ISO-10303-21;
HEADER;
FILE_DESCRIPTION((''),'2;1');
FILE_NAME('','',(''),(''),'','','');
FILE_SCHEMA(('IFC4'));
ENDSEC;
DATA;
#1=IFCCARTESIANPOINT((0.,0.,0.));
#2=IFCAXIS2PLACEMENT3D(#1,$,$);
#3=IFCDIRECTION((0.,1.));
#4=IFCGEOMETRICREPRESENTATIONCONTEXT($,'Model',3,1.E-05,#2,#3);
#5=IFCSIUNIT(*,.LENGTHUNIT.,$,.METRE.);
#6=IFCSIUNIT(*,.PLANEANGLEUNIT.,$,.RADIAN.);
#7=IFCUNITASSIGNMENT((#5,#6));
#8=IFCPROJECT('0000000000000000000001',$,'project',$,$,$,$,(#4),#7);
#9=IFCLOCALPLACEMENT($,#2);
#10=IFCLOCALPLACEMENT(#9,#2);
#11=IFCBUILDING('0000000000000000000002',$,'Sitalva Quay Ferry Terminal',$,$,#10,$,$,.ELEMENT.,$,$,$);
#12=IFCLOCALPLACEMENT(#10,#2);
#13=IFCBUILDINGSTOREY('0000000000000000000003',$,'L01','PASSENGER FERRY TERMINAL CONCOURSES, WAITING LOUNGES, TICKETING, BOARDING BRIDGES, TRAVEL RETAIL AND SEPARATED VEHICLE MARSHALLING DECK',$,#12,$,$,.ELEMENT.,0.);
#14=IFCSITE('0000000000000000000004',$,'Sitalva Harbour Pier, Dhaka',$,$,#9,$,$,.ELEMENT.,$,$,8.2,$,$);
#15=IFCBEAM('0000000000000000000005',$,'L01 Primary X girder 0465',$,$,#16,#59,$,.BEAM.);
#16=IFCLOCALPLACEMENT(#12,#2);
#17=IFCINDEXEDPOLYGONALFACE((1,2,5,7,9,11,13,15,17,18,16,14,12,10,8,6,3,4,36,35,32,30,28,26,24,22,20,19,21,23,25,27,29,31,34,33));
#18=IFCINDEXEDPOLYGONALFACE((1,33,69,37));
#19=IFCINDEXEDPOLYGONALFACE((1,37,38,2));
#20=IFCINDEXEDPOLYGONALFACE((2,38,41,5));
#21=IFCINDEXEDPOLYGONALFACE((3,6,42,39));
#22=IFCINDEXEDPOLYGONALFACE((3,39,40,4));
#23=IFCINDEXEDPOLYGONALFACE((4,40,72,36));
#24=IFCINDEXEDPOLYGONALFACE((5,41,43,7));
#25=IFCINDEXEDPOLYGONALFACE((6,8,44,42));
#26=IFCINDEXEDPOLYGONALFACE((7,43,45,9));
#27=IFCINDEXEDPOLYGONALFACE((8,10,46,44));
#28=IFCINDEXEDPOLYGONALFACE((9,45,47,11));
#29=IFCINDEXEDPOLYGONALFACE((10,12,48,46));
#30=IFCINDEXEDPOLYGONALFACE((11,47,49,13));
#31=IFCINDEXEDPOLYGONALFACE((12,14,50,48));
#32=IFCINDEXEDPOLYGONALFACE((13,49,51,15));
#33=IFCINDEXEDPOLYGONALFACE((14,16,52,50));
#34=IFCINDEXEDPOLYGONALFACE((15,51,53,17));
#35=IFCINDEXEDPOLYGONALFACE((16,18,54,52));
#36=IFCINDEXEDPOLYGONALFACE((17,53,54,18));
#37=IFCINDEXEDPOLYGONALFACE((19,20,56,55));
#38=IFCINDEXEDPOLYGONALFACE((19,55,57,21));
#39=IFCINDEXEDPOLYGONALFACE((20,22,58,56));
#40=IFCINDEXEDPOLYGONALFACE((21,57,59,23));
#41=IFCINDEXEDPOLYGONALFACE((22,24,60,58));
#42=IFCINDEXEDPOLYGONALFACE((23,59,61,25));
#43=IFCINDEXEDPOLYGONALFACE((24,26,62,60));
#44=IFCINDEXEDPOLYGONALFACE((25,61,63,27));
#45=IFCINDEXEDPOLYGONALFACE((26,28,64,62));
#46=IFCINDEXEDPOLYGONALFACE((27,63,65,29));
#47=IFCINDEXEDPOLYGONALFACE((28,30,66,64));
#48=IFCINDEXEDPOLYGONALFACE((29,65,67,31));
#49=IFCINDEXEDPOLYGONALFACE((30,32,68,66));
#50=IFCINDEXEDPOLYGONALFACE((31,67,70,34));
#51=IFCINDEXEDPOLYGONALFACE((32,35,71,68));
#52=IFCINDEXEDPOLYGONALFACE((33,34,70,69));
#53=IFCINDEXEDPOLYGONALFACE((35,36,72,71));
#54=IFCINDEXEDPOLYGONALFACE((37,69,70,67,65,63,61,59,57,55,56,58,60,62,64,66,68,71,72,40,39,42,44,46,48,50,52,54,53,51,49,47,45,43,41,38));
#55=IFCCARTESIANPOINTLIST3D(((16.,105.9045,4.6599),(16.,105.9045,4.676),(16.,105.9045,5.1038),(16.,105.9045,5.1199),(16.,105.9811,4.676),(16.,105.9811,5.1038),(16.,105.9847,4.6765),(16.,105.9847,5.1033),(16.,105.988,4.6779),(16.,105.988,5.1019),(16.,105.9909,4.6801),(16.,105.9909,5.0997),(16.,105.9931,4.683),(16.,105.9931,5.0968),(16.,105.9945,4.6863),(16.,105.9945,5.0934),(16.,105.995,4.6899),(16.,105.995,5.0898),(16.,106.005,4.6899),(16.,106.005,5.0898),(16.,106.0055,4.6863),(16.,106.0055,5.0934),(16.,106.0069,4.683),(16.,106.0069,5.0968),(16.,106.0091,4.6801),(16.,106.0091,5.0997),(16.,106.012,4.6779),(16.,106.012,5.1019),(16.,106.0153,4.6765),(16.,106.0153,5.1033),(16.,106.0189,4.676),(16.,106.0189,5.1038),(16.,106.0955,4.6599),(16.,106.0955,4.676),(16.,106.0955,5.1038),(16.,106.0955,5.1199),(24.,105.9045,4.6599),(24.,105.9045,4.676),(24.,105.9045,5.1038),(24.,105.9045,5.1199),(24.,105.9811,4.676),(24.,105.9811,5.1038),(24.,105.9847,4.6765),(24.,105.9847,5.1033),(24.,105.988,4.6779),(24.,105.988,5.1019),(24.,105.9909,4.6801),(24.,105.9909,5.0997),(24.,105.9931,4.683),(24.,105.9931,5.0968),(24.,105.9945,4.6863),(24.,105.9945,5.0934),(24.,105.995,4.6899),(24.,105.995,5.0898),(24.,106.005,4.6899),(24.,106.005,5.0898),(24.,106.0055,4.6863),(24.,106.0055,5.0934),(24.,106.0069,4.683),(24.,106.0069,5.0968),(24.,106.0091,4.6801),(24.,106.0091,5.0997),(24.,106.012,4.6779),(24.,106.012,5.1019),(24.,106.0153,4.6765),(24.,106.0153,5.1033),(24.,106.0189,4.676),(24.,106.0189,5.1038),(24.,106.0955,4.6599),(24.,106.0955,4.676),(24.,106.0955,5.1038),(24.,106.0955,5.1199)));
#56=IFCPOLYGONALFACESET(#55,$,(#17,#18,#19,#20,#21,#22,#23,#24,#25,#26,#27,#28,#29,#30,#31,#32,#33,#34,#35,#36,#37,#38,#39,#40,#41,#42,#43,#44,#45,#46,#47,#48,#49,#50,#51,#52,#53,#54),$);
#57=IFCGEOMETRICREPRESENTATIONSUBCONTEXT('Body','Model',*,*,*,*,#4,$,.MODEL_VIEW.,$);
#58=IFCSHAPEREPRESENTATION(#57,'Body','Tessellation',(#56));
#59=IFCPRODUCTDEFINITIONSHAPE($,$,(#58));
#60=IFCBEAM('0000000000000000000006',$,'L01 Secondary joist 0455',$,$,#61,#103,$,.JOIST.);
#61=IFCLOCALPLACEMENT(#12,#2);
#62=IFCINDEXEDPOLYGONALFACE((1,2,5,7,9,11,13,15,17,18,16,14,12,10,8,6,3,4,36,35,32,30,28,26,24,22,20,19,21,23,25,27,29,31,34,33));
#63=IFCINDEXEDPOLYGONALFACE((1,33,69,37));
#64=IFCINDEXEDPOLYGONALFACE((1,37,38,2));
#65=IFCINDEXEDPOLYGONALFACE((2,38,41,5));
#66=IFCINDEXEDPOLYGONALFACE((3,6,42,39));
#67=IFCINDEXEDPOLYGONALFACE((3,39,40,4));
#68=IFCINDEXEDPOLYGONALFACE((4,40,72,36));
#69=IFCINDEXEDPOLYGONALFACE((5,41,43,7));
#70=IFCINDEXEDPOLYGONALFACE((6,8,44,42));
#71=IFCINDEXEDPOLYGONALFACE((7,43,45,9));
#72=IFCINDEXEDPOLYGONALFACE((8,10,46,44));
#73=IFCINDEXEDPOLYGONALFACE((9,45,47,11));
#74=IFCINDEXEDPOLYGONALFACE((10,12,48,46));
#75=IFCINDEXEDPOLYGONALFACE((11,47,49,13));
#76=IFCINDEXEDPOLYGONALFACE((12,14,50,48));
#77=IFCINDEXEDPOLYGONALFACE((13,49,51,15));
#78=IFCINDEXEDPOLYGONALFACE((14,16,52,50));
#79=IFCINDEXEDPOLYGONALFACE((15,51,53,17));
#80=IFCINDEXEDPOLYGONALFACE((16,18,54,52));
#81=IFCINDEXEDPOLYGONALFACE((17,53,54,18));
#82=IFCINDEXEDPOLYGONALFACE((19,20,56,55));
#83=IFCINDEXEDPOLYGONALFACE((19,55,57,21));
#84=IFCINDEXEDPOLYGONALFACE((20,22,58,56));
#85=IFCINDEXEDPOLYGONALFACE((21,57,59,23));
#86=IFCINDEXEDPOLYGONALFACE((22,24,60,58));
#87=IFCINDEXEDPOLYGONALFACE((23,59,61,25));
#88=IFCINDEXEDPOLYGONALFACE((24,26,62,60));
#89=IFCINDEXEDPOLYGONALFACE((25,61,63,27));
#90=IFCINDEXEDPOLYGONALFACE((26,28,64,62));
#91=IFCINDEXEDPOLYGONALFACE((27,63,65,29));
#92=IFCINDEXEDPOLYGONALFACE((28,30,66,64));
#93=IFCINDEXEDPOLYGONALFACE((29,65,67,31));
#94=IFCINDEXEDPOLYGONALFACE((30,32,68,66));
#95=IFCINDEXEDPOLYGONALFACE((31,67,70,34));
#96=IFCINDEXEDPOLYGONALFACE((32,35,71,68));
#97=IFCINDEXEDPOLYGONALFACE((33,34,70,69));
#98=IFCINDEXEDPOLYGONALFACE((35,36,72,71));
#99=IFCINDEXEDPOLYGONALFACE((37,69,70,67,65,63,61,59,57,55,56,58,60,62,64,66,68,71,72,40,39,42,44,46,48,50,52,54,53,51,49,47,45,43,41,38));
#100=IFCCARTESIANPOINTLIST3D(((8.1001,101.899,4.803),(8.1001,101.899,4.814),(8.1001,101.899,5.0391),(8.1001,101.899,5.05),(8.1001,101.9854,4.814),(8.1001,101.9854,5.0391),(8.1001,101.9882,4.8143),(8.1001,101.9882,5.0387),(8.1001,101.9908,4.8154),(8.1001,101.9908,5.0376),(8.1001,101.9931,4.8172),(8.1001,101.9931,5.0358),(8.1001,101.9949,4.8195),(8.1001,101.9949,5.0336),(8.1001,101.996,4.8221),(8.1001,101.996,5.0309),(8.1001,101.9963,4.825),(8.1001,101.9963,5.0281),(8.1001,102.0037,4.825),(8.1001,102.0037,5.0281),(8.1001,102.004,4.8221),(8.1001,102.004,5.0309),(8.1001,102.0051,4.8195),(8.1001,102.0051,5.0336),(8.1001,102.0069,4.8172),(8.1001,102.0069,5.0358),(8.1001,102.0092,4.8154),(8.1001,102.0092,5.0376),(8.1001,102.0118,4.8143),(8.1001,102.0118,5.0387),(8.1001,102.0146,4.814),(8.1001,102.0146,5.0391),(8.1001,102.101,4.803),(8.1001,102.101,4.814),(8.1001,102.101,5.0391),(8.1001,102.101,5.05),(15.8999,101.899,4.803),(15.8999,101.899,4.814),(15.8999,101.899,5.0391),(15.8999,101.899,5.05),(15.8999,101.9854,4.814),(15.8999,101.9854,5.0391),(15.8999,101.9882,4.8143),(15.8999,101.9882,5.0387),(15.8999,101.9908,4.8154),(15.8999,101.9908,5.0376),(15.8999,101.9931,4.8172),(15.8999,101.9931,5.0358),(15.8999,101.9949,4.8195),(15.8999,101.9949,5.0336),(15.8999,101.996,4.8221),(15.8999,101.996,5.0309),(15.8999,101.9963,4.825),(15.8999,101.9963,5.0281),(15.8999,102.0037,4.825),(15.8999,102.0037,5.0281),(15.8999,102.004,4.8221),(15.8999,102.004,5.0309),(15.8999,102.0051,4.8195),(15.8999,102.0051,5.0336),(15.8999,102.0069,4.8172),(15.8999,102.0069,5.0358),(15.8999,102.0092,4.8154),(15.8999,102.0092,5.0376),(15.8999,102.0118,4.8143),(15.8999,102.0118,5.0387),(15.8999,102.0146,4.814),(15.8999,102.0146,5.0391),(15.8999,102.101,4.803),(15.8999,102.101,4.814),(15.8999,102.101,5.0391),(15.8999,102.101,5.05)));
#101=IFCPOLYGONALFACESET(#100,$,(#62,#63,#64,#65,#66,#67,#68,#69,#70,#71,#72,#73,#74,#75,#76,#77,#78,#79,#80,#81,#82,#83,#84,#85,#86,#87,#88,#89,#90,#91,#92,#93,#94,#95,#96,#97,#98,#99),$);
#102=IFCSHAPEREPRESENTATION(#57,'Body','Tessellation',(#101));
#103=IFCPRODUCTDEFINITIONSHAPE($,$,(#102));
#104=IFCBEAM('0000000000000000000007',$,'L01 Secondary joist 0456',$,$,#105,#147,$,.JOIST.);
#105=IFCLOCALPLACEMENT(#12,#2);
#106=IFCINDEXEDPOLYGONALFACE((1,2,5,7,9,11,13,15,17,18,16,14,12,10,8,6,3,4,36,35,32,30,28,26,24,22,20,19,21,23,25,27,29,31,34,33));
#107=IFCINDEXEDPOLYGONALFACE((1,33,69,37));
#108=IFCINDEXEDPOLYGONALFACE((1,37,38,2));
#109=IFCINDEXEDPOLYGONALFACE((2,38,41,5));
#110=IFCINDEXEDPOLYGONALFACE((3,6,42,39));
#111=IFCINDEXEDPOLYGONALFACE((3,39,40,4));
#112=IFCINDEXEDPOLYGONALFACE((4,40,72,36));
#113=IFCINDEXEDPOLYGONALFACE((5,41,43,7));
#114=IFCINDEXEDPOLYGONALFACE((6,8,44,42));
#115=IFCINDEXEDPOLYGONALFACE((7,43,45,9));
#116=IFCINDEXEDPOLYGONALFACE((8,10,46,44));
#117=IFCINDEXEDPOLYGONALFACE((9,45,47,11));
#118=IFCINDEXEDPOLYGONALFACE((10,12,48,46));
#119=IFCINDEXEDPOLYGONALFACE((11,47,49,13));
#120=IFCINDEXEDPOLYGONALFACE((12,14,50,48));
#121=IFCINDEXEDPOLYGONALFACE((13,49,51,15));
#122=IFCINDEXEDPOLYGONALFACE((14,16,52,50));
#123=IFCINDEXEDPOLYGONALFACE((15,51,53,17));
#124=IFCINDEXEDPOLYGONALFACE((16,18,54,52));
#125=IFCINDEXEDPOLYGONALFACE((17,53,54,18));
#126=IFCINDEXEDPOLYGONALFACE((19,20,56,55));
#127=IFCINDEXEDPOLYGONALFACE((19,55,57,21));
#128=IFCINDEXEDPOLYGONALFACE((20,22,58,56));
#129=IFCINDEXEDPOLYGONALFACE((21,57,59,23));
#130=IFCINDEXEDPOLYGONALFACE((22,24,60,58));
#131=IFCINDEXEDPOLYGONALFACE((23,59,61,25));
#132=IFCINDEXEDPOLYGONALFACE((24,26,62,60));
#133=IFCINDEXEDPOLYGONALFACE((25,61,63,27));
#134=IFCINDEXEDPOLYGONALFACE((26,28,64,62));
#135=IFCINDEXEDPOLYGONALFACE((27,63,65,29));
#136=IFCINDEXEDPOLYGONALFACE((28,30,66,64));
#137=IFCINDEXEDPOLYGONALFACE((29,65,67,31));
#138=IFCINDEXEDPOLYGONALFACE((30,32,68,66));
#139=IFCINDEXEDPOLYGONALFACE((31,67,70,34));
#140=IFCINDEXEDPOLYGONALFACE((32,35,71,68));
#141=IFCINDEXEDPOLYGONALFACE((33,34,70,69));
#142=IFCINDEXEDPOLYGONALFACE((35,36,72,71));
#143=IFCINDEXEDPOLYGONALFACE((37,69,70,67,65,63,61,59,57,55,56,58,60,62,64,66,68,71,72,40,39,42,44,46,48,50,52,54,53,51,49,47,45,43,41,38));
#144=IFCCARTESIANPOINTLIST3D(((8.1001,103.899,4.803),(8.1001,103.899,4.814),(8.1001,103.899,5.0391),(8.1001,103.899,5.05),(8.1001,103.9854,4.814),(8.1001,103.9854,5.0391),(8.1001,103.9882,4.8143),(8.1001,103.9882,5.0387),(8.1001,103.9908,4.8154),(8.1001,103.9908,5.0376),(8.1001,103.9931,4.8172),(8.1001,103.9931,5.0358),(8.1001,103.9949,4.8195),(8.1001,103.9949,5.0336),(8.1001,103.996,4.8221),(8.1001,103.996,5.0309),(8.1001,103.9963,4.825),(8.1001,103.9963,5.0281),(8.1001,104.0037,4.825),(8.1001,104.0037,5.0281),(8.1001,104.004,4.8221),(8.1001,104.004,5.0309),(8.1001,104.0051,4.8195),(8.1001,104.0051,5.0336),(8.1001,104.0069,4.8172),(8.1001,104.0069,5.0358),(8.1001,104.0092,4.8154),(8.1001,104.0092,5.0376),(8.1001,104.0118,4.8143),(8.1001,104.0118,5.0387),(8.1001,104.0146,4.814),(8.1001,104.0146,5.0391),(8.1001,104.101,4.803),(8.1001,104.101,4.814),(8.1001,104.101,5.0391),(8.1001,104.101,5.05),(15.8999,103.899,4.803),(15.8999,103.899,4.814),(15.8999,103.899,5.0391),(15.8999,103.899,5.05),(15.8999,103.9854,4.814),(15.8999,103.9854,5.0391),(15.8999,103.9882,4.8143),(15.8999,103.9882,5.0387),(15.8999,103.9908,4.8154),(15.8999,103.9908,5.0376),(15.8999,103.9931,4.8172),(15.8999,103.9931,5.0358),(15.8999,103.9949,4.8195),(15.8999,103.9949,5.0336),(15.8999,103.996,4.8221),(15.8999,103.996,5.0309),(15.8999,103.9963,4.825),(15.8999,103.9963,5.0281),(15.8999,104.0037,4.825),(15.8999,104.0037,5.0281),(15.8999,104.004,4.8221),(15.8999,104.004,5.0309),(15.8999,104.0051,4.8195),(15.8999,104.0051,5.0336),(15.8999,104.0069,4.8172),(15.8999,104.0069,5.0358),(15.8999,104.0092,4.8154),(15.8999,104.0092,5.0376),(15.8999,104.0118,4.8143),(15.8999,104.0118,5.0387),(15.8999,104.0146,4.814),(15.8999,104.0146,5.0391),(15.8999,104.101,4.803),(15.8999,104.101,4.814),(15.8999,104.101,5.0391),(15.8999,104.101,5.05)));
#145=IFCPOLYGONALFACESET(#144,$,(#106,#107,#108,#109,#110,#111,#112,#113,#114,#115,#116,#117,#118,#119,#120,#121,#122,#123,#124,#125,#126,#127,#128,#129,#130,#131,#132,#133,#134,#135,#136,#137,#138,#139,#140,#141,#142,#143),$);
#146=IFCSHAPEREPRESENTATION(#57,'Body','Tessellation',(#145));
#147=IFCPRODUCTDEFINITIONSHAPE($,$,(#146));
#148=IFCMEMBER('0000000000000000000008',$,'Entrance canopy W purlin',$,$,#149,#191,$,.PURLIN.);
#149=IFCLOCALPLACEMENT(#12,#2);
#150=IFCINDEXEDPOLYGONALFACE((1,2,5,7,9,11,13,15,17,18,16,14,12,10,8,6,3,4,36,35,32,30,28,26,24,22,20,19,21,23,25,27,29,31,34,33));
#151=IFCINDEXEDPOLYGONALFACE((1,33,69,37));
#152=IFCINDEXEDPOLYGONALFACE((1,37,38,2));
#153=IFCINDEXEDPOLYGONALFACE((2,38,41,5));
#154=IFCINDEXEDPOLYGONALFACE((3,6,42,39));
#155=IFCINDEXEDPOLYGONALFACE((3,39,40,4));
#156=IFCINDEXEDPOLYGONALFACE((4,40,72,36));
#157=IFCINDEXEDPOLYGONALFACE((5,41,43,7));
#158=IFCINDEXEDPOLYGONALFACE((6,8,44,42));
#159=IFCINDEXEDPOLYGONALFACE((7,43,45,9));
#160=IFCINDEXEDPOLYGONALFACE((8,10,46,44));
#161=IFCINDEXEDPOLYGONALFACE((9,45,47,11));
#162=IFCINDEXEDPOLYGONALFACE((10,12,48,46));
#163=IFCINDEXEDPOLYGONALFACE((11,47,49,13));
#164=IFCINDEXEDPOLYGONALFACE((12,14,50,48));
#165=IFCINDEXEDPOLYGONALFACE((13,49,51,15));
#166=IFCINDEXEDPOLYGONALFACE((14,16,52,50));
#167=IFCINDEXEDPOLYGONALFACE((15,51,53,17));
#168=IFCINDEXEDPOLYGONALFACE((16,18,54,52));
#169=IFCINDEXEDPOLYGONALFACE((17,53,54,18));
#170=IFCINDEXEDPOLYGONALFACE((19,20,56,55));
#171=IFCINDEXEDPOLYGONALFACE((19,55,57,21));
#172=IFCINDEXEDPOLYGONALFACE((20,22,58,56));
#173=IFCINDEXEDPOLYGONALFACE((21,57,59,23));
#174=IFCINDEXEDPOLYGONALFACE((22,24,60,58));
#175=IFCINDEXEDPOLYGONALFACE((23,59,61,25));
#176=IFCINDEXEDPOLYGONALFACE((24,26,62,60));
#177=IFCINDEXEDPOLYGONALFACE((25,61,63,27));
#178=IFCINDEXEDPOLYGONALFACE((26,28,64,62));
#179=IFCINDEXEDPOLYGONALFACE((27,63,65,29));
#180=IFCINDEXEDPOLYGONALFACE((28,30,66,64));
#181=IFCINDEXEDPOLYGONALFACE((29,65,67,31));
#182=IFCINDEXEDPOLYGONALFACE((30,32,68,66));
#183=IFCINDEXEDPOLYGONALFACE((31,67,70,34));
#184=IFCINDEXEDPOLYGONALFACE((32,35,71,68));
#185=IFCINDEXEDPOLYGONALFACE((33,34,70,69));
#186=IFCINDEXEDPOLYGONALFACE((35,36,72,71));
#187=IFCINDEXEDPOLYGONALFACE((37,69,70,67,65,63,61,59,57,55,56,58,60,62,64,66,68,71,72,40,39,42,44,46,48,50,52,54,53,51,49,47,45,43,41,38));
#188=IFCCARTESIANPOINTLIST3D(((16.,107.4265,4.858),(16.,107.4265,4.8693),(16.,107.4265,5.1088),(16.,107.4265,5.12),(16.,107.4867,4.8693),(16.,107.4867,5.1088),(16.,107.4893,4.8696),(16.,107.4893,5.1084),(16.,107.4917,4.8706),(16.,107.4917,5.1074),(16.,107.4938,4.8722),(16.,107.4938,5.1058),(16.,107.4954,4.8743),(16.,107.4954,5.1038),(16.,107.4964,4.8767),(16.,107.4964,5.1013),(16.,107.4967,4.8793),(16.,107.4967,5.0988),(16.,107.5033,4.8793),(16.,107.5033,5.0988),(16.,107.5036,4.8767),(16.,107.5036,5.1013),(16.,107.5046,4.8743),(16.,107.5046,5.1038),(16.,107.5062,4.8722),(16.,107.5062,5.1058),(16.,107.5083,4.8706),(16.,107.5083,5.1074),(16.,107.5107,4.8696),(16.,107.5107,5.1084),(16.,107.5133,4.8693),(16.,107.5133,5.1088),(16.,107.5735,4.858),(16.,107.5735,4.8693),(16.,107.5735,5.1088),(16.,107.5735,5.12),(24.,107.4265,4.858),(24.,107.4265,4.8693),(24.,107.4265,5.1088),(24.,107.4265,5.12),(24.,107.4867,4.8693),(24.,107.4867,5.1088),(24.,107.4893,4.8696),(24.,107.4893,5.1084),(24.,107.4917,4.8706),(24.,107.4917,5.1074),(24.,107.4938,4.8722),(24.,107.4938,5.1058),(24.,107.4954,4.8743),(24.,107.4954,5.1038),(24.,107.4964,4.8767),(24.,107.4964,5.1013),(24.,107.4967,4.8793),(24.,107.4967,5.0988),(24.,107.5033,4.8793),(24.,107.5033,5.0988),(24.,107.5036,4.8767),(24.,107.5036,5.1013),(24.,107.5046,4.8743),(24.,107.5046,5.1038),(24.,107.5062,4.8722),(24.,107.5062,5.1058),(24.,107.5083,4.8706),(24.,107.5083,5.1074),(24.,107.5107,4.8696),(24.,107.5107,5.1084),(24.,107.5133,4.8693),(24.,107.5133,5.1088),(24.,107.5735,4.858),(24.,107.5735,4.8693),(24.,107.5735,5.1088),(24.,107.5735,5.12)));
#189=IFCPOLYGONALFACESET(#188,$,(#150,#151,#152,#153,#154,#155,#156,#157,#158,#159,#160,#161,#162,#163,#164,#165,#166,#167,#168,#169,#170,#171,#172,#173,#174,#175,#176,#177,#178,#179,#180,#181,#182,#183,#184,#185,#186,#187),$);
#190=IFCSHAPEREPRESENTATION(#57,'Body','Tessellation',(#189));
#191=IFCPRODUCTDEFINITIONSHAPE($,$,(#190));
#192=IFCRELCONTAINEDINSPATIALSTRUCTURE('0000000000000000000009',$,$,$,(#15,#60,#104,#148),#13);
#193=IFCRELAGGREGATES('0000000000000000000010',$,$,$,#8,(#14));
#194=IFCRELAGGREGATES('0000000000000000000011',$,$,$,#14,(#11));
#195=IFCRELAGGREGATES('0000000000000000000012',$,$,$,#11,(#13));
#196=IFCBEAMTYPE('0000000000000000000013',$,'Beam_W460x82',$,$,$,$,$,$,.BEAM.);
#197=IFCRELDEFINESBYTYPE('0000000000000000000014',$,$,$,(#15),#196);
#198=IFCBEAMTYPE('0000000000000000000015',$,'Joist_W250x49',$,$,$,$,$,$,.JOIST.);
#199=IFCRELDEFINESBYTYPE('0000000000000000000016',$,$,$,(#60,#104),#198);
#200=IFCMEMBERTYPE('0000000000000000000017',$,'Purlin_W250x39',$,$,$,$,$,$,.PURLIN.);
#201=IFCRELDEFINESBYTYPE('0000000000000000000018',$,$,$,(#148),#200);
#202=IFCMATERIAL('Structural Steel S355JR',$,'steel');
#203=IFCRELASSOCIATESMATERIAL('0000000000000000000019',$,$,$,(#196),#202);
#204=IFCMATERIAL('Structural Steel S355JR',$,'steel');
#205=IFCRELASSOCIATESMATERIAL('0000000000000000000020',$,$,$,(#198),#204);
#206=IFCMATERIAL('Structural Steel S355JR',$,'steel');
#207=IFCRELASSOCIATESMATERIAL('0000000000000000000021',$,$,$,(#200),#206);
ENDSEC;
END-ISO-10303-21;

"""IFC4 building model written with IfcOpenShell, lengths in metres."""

from ifc_helpers import new_model, si_unit, direction, frame, origin, origin_2d, place, context, subcontext, project, spatial, i_section, extrude, material, material_profile, profile_set, type_object, element, save


model = new_model("IFC4")

# Units and contexts
model_context = context("Model", 3, precision=1e-05, world=origin(), true_north=direction((0.0, 1.0)))
body_context = subcontext(model_context, "Body", "Model", "MODEL_VIEW")
ifc_project = project(units=[si_unit("LENGTHUNIT", "METRE"), si_unit("PLANEANGLEUNIT", "RADIAN")], contexts=[model_context])

# Site, building, storey
site_placement = place(None, origin())
site = spatial("IfcSite", under=ifc_project, at=site_placement, Name="Sitalva Harbour Pier, Dhaka", CompositionType="ELEMENT", RefElevation=8.2)
building_placement = place(site_placement, origin())
building = spatial("IfcBuilding", under=site, at=building_placement, Name="Sitalva Quay Ferry Terminal", CompositionType="ELEMENT")
storey_placement = place(building_placement, origin())
storey = spatial("IfcBuildingStorey", under=building, at=storey_placement, Name="L01", Description="PASSENGER FERRY TERMINAL CONCOURSES, WAITING LOUNGES, TICKETING, BOARDING BRIDGES, TRAVEL RETAIL AND SEPARATED VEHICLE MARSHALLING DECK", CompositionType="ELEMENT", Elevation=0.0)

# Beams
ifc_material_1 = material(Name="Structural Steel S355JR", Category="steel")
ifc_material_profile_1 = material_profile(ifc_material_1, i_section(OverallWidth=0.1909, OverallDepth=0.46, WebThickness=0.01, FlangeThickness=0.0161, FilletRadius=0.0139, at=origin_2d()), Name="W460x82")
ifc_profile_set_1 = profile_set([ifc_material_profile_1], Name="Structural Steel S355JR")
beam_type_1 = type_object("IfcBeamType", Name="Beam_W460x82", PredefinedType="BEAM", material=ifc_profile_set_1)
beam_1_placement = place(storey_placement, frame((16.0, 106.0, 4.8899), z_axis=(1.0, 0.0, 0.0), x_axis=(0.0, 1.0, 0.0)))
element("IfcBeam", 1, at=beam_1_placement, inside=storey, type_object=beam_type_1, Name="L01 Primary X girder 0465", PredefinedType="BEAM", context=body_context, shape_type="SweptSolid", body=[
    extrude(i_section(OverallWidth=0.1909, OverallDepth=0.46, WebThickness=0.01, FlangeThickness=0.0161, FilletRadius=0.0139, at=origin_2d()), origin(), (0.0, 0.0, 1.0), 8.0),
])
ifc_material_2 = material(Name="Structural Steel S355JR", Category="steel")
ifc_material_profile_2 = material_profile(ifc_material_2, i_section(OverallWidth=0.2019, OverallDepth=0.2471, WebThickness=0.0073, FlangeThickness=0.011, FilletRadius=0.011, at=origin_2d()), Name="W250x49")
ifc_profile_set_2 = profile_set([ifc_material_profile_2], Name="Structural Steel S355JR")
beam_type_2 = type_object("IfcBeamType", Name="Joist_W250x49", PredefinedType="JOIST", material=ifc_profile_set_2)
for number, where, z_axis, x_axis, name in (
    (2, (8.1001, 102.0, 4.9265), (1.0, 0.0, 0.0), (0.0, 1.0, 0.0), "L01 Secondary joist 0455"),
    (3, (8.1001, 104.0, 4.9265), (1.0, 0.0, 0.0), (0.0, 1.0, 0.0), "L01 Secondary joist 0456"),
):
    element("IfcBeam", number, at=place(storey_placement, frame(where, z_axis=z_axis, x_axis=x_axis)), inside=storey, type_object=beam_type_2, Name=name, PredefinedType="JOIST", context=body_context, shape_type="SweptSolid", body=[
        extrude(i_section(OverallWidth=0.2019, OverallDepth=0.2471, WebThickness=0.0073, FlangeThickness=0.011, FilletRadius=0.011, at=origin_2d()), origin(), (0.0, 0.0, 1.0), 7.7998),
    ])

# Member
ifc_material_3 = material(Name="Structural Steel S355JR", Category="steel")
ifc_material_profile_3 = material_profile(ifc_material_3, i_section(OverallWidth=0.147, OverallDepth=0.262, WebThickness=0.0066, FlangeThickness=0.0112, FilletRadius=0.01, at=origin_2d()), Name="W250x39")
ifc_profile_set_3 = profile_set([ifc_material_profile_3], Name="Structural Steel S355JR")
member_type_1 = type_object("IfcMemberType", Name="Purlin_W250x39", PredefinedType="PURLIN", material=ifc_profile_set_3)
for number, where, z_axis, x_axis, name in (
    (4, (16.0, 107.5, 4.989), (1.0, 0.0, 0.0), (0.0, 1.0, 0.0), "Entrance canopy W purlin"),
):
    element("IfcMember", number, at=place(storey_placement, frame(where, z_axis=z_axis, x_axis=x_axis)), inside=storey, type_object=member_type_1, Name=name, PredefinedType="PURLIN", context=body_context, shape_type="SweptSolid", body=[
        extrude(i_section(OverallWidth=0.147, OverallDepth=0.262, WebThickness=0.0066, FlangeThickness=0.0112, FilletRadius=0.01, at=origin_2d()), origin(), (0.0, 0.0, 1.0), 8.0),
    ])

save(model, "model.ifc")
